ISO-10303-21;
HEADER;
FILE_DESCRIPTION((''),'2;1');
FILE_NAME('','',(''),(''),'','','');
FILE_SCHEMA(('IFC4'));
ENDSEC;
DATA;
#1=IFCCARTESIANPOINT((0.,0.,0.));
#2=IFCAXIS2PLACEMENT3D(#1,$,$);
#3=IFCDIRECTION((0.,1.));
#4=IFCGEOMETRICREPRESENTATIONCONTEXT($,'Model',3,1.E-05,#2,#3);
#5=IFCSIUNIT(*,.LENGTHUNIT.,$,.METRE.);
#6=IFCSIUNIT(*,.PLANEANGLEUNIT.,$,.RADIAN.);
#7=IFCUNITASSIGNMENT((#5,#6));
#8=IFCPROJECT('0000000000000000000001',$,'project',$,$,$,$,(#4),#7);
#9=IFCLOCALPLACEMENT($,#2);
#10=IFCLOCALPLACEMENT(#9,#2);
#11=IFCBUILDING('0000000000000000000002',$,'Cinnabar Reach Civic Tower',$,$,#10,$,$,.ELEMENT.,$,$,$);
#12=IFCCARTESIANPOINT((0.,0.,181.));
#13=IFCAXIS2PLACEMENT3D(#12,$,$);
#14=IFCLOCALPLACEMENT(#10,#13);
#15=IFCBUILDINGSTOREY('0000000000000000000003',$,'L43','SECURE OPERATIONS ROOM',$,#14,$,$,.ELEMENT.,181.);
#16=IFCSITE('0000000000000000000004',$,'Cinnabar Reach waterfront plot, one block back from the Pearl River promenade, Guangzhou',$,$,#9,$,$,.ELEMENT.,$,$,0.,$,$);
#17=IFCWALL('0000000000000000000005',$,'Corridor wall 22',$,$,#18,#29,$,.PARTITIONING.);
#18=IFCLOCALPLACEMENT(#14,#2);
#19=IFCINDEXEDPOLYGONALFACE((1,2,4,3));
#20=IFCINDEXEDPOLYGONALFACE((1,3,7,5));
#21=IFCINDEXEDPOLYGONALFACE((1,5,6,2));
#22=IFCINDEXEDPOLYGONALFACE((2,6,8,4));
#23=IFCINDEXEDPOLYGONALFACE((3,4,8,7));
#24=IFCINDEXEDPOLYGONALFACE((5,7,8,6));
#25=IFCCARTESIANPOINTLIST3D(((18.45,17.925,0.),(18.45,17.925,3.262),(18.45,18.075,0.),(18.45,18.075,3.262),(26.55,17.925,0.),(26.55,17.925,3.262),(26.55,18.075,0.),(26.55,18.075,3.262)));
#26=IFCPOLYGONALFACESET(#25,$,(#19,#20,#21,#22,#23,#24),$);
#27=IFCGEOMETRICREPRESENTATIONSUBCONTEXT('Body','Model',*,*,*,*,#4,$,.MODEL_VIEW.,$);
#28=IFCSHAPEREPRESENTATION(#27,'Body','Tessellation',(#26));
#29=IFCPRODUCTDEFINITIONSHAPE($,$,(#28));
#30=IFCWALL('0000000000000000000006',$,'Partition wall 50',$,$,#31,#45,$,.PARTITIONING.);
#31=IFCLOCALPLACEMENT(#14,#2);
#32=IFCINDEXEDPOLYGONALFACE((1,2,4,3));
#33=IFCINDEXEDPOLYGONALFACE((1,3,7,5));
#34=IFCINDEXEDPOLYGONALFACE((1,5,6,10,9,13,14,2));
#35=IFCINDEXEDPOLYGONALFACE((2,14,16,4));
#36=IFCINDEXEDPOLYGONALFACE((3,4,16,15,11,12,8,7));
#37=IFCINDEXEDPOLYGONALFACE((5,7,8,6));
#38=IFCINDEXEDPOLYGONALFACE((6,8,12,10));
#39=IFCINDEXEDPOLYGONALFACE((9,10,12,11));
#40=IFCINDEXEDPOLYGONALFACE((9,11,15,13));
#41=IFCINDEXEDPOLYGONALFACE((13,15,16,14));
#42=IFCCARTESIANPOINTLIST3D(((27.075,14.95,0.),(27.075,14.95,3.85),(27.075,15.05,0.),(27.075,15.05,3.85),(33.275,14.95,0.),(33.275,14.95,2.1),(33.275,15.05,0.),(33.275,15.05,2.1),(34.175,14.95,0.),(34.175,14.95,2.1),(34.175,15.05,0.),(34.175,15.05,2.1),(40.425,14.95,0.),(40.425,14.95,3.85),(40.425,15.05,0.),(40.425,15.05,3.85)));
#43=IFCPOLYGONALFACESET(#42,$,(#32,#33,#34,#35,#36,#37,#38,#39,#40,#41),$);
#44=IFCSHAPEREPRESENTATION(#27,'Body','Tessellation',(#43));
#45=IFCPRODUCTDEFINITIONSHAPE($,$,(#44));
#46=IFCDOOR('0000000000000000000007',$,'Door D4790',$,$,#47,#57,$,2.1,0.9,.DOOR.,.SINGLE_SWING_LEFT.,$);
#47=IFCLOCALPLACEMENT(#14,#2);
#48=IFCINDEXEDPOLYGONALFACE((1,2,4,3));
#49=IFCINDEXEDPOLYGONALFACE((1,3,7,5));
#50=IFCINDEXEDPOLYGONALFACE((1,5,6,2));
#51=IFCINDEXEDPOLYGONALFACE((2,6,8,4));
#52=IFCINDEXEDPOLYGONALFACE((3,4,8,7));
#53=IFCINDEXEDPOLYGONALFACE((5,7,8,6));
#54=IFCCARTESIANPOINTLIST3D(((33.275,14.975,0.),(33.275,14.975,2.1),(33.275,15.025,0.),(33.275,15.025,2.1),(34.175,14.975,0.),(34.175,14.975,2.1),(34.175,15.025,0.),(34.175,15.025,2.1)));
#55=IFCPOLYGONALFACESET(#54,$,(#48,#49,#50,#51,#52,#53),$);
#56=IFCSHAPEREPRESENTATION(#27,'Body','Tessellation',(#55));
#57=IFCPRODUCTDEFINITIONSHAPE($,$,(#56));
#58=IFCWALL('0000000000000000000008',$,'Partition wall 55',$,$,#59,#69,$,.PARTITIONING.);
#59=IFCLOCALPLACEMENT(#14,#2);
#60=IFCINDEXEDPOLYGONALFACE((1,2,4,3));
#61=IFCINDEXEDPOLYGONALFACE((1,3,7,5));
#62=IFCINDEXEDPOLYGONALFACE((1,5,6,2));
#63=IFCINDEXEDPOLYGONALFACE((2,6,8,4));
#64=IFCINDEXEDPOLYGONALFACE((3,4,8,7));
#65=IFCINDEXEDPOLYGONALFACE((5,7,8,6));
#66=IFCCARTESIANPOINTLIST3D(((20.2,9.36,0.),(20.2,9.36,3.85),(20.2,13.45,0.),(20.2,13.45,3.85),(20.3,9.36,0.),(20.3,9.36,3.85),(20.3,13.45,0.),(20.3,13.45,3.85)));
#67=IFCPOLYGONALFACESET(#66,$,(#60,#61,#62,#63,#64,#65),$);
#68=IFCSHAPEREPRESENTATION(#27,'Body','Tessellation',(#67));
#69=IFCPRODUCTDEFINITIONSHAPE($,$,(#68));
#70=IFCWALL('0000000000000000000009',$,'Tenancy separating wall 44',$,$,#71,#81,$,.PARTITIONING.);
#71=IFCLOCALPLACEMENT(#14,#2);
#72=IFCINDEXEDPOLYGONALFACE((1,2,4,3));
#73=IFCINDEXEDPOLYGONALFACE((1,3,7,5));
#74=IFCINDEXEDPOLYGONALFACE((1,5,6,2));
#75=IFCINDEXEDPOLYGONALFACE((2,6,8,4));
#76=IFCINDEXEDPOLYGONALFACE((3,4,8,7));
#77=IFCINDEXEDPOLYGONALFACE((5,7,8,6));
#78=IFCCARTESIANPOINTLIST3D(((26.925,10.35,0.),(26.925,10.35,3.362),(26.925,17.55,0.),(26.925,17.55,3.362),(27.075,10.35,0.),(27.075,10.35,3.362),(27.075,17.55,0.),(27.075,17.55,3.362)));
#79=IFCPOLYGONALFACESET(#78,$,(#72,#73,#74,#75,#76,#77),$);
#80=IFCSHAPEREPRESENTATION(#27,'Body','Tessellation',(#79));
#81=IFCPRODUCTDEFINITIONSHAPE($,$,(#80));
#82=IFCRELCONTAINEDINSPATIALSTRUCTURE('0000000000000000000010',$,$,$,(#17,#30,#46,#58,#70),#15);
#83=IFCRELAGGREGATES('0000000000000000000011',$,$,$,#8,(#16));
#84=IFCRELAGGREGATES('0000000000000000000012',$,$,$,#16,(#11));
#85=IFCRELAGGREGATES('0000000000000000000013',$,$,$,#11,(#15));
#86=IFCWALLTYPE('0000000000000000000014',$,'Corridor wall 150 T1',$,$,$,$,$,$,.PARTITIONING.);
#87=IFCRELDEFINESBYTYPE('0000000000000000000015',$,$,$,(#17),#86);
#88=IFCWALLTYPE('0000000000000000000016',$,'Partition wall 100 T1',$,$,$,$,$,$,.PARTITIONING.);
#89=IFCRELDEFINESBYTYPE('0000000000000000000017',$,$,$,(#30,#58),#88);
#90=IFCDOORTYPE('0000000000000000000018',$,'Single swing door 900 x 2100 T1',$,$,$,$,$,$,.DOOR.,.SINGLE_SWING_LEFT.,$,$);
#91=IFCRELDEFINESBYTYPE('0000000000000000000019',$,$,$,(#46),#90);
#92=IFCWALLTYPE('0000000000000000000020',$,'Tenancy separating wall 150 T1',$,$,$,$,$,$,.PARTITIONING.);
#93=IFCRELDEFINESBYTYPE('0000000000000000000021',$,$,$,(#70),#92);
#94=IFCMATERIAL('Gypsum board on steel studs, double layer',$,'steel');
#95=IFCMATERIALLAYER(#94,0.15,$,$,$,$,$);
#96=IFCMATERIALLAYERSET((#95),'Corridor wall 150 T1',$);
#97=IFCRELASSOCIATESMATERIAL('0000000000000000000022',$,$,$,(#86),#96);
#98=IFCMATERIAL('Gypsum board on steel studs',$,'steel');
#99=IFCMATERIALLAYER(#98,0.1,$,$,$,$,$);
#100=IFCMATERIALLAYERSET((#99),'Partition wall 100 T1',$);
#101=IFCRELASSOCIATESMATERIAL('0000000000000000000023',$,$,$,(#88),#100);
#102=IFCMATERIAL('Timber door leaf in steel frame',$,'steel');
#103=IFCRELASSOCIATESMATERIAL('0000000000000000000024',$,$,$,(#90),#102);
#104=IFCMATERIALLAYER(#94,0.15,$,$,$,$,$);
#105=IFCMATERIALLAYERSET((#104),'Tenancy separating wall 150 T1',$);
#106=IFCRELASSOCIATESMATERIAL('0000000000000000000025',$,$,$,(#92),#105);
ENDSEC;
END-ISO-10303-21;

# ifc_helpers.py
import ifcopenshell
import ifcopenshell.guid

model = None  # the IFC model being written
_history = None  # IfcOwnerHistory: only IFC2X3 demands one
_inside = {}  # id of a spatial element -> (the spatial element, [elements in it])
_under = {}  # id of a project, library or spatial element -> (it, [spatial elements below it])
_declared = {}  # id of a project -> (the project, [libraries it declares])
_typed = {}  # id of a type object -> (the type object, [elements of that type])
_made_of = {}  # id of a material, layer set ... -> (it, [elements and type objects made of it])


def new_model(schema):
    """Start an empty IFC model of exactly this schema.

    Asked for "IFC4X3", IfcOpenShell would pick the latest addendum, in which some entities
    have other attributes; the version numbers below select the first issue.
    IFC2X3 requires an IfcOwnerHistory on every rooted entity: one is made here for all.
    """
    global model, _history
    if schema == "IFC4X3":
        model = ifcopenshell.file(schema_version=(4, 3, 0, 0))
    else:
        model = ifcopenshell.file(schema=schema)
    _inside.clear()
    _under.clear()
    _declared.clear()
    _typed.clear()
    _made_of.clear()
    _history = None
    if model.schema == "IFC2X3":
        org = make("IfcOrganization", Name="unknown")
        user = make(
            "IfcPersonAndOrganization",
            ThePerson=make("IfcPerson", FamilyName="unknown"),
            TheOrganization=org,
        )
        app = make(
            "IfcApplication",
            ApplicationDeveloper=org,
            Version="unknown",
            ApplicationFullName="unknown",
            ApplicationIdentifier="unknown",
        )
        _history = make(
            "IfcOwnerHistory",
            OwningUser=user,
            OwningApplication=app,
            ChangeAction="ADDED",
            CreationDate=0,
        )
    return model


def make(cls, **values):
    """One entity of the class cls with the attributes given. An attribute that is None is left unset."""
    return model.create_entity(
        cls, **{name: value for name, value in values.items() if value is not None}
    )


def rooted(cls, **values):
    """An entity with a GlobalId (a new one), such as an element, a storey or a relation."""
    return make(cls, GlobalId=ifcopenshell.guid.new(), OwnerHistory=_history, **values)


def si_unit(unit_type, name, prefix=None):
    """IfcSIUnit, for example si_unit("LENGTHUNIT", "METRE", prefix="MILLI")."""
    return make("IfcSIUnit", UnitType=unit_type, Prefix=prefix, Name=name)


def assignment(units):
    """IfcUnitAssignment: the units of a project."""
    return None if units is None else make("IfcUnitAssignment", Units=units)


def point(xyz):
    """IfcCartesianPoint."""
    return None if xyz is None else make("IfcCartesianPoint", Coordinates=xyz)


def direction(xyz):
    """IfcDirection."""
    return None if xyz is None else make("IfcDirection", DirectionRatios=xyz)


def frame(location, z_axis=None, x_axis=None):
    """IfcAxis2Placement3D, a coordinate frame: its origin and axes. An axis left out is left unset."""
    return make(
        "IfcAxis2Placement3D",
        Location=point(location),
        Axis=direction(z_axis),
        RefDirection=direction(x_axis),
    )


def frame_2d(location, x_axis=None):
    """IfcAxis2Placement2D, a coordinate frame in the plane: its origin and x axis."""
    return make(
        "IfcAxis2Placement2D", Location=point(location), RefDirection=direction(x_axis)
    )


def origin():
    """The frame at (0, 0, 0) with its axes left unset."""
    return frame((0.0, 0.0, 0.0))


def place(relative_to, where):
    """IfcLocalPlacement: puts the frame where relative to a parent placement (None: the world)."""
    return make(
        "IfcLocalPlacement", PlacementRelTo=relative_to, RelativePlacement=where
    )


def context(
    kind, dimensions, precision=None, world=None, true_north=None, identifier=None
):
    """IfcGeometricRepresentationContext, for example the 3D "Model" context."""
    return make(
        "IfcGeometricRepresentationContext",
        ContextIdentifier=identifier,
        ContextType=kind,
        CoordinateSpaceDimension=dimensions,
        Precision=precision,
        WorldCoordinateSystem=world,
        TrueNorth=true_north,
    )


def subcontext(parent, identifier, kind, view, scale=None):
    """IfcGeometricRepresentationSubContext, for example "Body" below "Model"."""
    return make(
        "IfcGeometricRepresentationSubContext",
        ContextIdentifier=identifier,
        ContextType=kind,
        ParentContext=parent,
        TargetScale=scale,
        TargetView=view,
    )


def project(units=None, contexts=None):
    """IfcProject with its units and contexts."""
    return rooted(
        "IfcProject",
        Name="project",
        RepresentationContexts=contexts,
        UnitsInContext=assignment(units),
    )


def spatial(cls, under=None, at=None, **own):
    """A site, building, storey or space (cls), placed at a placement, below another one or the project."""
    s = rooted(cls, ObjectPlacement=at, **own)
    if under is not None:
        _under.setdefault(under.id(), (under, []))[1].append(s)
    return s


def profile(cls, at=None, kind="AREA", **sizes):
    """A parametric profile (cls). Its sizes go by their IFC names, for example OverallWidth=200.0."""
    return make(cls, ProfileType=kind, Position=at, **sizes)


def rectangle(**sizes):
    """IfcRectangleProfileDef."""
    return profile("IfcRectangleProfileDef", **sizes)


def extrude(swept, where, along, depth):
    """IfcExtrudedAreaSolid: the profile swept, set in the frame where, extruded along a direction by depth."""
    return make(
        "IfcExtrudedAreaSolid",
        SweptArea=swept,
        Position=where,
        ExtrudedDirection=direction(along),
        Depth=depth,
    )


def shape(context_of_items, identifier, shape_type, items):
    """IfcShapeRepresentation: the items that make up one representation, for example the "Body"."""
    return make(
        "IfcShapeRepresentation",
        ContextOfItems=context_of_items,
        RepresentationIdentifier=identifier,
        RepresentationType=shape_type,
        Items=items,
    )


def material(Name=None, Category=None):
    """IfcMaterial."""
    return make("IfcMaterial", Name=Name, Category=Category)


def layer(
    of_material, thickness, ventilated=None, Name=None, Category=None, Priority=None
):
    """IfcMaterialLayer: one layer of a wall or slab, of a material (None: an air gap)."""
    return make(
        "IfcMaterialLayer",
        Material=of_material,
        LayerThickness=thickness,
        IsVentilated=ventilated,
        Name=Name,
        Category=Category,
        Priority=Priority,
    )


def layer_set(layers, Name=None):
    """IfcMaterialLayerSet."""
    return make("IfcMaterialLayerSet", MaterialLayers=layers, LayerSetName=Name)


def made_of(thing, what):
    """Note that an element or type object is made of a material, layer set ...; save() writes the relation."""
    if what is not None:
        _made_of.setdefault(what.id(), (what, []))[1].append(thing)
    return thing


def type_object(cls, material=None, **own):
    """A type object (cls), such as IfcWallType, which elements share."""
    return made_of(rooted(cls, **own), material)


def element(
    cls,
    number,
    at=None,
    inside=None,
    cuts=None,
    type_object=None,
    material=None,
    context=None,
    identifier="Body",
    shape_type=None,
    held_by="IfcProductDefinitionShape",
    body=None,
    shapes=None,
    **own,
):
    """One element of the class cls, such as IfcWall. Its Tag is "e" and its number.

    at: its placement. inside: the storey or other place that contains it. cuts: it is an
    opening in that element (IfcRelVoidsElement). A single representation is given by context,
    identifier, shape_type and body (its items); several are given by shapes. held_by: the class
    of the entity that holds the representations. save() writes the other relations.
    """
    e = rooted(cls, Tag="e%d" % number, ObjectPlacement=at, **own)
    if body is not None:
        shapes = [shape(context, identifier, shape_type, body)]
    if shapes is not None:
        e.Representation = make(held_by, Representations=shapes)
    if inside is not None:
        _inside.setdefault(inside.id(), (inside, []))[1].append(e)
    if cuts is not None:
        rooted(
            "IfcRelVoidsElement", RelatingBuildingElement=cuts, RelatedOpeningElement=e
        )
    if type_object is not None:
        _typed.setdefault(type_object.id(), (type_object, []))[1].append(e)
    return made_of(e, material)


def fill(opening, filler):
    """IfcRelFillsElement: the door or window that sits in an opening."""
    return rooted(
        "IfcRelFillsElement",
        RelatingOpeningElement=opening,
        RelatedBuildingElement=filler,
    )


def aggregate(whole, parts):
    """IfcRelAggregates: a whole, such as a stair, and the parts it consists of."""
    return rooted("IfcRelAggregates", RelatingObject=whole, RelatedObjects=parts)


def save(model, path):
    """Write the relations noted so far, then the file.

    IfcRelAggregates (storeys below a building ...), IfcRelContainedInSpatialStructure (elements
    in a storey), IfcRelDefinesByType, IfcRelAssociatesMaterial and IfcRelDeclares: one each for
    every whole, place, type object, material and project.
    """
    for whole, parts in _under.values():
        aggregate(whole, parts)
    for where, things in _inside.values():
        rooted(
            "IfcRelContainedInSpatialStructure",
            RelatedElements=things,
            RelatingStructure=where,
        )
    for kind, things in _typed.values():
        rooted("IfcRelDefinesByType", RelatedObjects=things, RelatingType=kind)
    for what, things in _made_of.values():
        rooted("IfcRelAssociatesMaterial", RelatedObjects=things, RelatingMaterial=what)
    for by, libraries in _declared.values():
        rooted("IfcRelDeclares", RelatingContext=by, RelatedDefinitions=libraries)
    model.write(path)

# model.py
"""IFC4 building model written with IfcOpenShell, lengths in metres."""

from ifc_helpers import new_model, si_unit, direction, frame, frame_2d, origin, place, context, subcontext, project, spatial, rectangle, extrude, material, layer, layer_set, type_object, element, fill, save


model = new_model("IFC4")

# Units and contexts
model_context = context("Model", 3, precision=1e-05, world=origin(), true_north=direction((0.0, 1.0)))
body_context = subcontext(model_context, "Body", "Model", "MODEL_VIEW")
ifc_project = project(units=[si_unit("LENGTHUNIT", "METRE"), si_unit("PLANEANGLEUNIT", "RADIAN")], contexts=[model_context])

# Site, building, storey
site_placement = place(None, origin())
site = spatial("IfcSite", under=ifc_project, at=site_placement, Name="Cinnabar Reach waterfront plot, one block back from the Pearl River promenade, Guangzhou", CompositionType="ELEMENT", RefElevation=0.0)
building_placement = place(site_placement, origin())
building = spatial("IfcBuilding", under=site, at=building_placement, Name="Cinnabar Reach Civic Tower", CompositionType="ELEMENT")
storey_placement = place(building_placement, frame((0.0, 0.0, 181.0)))
storey = spatial("IfcBuildingStorey", under=building, at=storey_placement, Name="L43", Description="SECURE OPERATIONS ROOM", CompositionType="ELEMENT", Elevation=181.0)

# Wall
ifc_material_1 = material(Name="Gypsum board on steel studs, double layer", Category="steel")
ifc_layer_1 = layer(ifc_material_1, 0.15)
ifc_layer_set_1 = layer_set([ifc_layer_1], Name="Corridor wall 150 T1")
wall_type_1 = type_object("IfcWallType", Name="Corridor wall 150 T1", PredefinedType="PARTITIONING", material=ifc_layer_set_1)
wall_1_placement = place(storey_placement, frame((18.45, 18.0, 0.0), z_axis=(0.0, 0.0, 1.0), x_axis=(1.0, 0.0, 0.0)))
element("IfcWall", 1, at=wall_1_placement, inside=storey, type_object=wall_type_1, Name="Corridor wall 22", PredefinedType="PARTITIONING", context=body_context, shape_type="SweptSolid", body=[
    extrude(rectangle(XDim=8.1, YDim=0.15, at=frame_2d((4.05, 0.0))), origin(), (0.0, 0.0, 1.0), 3.262),
])

# Wall, opening, door
ifc_material_2 = material(Name="Gypsum board on steel studs", Category="steel")
ifc_layer_2 = layer(ifc_material_2, 0.1)
ifc_layer_set_2 = layer_set([ifc_layer_2], Name="Partition wall 100 T1")
wall_type_2 = type_object("IfcWallType", Name="Partition wall 100 T1", PredefinedType="PARTITIONING", material=ifc_layer_set_2)
wall_2_placement = place(storey_placement, frame((27.075, 15.0, 0.0), z_axis=(0.0, 0.0, 1.0), x_axis=(1.0, 0.0, 0.0)))
wall_2 = element("IfcWall", 2, at=wall_2_placement, inside=storey, type_object=wall_type_2, Name="Partition wall 50", PredefinedType="PARTITIONING", context=body_context, shape_type="SweptSolid", body=[
    extrude(rectangle(XDim=13.35, YDim=0.1, at=frame_2d((6.675, 0.0))), origin(), (0.0, 0.0, 1.0), 3.85),
])
opening_placement = place(wall_2_placement, frame((6.2, 0.0, 0.0)))
opening = element("IfcOpeningElement", 3, at=opening_placement, cuts=wall_2, PredefinedType="OPENING", context=body_context, shape_type="SweptSolid", body=[
    extrude(rectangle(XDim=0.9, YDim=2.1, at=frame_2d((0.45, 1.05))), frame((0.0, 0.06, 0.0), z_axis=(0.0, -1.0, 0.0), x_axis=(1.0, 0.0, 0.0)), (0.0, 0.0, 1.0), 0.12),
])
ifc_material_3 = material(Name="Timber door leaf in steel frame", Category="steel")
door_type = type_object("IfcDoorType", Name="Single swing door 900 x 2100 T1", OperationType="SINGLE_SWING_LEFT", PredefinedType="DOOR", material=ifc_material_3)
door_placement = place(opening_placement, origin())
door = element("IfcDoor", 4, at=door_placement, inside=storey, type_object=door_type, Name="Door D4790", OperationType="SINGLE_SWING_LEFT", OverallHeight=2.1, OverallWidth=0.9, PredefinedType="DOOR", context=body_context, shape_type="SweptSolid", body=[
    extrude(rectangle(XDim=0.9, YDim=2.1, at=frame_2d((0.45, 1.05))), frame((0.0, 0.025, 0.0), z_axis=(0.0, -1.0, 0.0), x_axis=(1.0, 0.0, 0.0)), (0.0, 0.0, 1.0), 0.05),
])
fill(opening, door)

# Walls
wall_3_placement = place(storey_placement, frame((20.25, 9.36, 0.0), z_axis=(0.0, 0.0, 1.0), x_axis=(0.0, 1.0, 0.0)))
element("IfcWall", 5, at=wall_3_placement, inside=storey, type_object=wall_type_2, Name="Partition wall 55", PredefinedType="PARTITIONING", context=body_context, shape_type="SweptSolid", body=[
    extrude(rectangle(XDim=4.09, YDim=0.1, at=frame_2d((2.045, 0.0))), origin(), (0.0, 0.0, 1.0), 3.85),
])
ifc_layer_3 = layer(ifc_material_1, 0.15)
ifc_layer_set_3 = layer_set([ifc_layer_3], Name="Tenancy separating wall 150 T1")
wall_type_3 = type_object("IfcWallType", Name="Tenancy separating wall 150 T1", PredefinedType="PARTITIONING", material=ifc_layer_set_3)
wall_4_placement = place(storey_placement, frame((27.0, 10.35, 0.0), z_axis=(0.0, 0.0, 1.0), x_axis=(0.0, 1.0, 0.0)))
element("IfcWall", 6, at=wall_4_placement, inside=storey, type_object=wall_type_3, Name="Tenancy separating wall 44", PredefinedType="PARTITIONING", context=body_context, shape_type="SweptSolid", body=[
    extrude(rectangle(XDim=7.2, YDim=0.15, at=frame_2d((3.6, 0.0))), origin(), (0.0, 0.0, 1.0), 3.362),
])

save(model, "model.ifc")
